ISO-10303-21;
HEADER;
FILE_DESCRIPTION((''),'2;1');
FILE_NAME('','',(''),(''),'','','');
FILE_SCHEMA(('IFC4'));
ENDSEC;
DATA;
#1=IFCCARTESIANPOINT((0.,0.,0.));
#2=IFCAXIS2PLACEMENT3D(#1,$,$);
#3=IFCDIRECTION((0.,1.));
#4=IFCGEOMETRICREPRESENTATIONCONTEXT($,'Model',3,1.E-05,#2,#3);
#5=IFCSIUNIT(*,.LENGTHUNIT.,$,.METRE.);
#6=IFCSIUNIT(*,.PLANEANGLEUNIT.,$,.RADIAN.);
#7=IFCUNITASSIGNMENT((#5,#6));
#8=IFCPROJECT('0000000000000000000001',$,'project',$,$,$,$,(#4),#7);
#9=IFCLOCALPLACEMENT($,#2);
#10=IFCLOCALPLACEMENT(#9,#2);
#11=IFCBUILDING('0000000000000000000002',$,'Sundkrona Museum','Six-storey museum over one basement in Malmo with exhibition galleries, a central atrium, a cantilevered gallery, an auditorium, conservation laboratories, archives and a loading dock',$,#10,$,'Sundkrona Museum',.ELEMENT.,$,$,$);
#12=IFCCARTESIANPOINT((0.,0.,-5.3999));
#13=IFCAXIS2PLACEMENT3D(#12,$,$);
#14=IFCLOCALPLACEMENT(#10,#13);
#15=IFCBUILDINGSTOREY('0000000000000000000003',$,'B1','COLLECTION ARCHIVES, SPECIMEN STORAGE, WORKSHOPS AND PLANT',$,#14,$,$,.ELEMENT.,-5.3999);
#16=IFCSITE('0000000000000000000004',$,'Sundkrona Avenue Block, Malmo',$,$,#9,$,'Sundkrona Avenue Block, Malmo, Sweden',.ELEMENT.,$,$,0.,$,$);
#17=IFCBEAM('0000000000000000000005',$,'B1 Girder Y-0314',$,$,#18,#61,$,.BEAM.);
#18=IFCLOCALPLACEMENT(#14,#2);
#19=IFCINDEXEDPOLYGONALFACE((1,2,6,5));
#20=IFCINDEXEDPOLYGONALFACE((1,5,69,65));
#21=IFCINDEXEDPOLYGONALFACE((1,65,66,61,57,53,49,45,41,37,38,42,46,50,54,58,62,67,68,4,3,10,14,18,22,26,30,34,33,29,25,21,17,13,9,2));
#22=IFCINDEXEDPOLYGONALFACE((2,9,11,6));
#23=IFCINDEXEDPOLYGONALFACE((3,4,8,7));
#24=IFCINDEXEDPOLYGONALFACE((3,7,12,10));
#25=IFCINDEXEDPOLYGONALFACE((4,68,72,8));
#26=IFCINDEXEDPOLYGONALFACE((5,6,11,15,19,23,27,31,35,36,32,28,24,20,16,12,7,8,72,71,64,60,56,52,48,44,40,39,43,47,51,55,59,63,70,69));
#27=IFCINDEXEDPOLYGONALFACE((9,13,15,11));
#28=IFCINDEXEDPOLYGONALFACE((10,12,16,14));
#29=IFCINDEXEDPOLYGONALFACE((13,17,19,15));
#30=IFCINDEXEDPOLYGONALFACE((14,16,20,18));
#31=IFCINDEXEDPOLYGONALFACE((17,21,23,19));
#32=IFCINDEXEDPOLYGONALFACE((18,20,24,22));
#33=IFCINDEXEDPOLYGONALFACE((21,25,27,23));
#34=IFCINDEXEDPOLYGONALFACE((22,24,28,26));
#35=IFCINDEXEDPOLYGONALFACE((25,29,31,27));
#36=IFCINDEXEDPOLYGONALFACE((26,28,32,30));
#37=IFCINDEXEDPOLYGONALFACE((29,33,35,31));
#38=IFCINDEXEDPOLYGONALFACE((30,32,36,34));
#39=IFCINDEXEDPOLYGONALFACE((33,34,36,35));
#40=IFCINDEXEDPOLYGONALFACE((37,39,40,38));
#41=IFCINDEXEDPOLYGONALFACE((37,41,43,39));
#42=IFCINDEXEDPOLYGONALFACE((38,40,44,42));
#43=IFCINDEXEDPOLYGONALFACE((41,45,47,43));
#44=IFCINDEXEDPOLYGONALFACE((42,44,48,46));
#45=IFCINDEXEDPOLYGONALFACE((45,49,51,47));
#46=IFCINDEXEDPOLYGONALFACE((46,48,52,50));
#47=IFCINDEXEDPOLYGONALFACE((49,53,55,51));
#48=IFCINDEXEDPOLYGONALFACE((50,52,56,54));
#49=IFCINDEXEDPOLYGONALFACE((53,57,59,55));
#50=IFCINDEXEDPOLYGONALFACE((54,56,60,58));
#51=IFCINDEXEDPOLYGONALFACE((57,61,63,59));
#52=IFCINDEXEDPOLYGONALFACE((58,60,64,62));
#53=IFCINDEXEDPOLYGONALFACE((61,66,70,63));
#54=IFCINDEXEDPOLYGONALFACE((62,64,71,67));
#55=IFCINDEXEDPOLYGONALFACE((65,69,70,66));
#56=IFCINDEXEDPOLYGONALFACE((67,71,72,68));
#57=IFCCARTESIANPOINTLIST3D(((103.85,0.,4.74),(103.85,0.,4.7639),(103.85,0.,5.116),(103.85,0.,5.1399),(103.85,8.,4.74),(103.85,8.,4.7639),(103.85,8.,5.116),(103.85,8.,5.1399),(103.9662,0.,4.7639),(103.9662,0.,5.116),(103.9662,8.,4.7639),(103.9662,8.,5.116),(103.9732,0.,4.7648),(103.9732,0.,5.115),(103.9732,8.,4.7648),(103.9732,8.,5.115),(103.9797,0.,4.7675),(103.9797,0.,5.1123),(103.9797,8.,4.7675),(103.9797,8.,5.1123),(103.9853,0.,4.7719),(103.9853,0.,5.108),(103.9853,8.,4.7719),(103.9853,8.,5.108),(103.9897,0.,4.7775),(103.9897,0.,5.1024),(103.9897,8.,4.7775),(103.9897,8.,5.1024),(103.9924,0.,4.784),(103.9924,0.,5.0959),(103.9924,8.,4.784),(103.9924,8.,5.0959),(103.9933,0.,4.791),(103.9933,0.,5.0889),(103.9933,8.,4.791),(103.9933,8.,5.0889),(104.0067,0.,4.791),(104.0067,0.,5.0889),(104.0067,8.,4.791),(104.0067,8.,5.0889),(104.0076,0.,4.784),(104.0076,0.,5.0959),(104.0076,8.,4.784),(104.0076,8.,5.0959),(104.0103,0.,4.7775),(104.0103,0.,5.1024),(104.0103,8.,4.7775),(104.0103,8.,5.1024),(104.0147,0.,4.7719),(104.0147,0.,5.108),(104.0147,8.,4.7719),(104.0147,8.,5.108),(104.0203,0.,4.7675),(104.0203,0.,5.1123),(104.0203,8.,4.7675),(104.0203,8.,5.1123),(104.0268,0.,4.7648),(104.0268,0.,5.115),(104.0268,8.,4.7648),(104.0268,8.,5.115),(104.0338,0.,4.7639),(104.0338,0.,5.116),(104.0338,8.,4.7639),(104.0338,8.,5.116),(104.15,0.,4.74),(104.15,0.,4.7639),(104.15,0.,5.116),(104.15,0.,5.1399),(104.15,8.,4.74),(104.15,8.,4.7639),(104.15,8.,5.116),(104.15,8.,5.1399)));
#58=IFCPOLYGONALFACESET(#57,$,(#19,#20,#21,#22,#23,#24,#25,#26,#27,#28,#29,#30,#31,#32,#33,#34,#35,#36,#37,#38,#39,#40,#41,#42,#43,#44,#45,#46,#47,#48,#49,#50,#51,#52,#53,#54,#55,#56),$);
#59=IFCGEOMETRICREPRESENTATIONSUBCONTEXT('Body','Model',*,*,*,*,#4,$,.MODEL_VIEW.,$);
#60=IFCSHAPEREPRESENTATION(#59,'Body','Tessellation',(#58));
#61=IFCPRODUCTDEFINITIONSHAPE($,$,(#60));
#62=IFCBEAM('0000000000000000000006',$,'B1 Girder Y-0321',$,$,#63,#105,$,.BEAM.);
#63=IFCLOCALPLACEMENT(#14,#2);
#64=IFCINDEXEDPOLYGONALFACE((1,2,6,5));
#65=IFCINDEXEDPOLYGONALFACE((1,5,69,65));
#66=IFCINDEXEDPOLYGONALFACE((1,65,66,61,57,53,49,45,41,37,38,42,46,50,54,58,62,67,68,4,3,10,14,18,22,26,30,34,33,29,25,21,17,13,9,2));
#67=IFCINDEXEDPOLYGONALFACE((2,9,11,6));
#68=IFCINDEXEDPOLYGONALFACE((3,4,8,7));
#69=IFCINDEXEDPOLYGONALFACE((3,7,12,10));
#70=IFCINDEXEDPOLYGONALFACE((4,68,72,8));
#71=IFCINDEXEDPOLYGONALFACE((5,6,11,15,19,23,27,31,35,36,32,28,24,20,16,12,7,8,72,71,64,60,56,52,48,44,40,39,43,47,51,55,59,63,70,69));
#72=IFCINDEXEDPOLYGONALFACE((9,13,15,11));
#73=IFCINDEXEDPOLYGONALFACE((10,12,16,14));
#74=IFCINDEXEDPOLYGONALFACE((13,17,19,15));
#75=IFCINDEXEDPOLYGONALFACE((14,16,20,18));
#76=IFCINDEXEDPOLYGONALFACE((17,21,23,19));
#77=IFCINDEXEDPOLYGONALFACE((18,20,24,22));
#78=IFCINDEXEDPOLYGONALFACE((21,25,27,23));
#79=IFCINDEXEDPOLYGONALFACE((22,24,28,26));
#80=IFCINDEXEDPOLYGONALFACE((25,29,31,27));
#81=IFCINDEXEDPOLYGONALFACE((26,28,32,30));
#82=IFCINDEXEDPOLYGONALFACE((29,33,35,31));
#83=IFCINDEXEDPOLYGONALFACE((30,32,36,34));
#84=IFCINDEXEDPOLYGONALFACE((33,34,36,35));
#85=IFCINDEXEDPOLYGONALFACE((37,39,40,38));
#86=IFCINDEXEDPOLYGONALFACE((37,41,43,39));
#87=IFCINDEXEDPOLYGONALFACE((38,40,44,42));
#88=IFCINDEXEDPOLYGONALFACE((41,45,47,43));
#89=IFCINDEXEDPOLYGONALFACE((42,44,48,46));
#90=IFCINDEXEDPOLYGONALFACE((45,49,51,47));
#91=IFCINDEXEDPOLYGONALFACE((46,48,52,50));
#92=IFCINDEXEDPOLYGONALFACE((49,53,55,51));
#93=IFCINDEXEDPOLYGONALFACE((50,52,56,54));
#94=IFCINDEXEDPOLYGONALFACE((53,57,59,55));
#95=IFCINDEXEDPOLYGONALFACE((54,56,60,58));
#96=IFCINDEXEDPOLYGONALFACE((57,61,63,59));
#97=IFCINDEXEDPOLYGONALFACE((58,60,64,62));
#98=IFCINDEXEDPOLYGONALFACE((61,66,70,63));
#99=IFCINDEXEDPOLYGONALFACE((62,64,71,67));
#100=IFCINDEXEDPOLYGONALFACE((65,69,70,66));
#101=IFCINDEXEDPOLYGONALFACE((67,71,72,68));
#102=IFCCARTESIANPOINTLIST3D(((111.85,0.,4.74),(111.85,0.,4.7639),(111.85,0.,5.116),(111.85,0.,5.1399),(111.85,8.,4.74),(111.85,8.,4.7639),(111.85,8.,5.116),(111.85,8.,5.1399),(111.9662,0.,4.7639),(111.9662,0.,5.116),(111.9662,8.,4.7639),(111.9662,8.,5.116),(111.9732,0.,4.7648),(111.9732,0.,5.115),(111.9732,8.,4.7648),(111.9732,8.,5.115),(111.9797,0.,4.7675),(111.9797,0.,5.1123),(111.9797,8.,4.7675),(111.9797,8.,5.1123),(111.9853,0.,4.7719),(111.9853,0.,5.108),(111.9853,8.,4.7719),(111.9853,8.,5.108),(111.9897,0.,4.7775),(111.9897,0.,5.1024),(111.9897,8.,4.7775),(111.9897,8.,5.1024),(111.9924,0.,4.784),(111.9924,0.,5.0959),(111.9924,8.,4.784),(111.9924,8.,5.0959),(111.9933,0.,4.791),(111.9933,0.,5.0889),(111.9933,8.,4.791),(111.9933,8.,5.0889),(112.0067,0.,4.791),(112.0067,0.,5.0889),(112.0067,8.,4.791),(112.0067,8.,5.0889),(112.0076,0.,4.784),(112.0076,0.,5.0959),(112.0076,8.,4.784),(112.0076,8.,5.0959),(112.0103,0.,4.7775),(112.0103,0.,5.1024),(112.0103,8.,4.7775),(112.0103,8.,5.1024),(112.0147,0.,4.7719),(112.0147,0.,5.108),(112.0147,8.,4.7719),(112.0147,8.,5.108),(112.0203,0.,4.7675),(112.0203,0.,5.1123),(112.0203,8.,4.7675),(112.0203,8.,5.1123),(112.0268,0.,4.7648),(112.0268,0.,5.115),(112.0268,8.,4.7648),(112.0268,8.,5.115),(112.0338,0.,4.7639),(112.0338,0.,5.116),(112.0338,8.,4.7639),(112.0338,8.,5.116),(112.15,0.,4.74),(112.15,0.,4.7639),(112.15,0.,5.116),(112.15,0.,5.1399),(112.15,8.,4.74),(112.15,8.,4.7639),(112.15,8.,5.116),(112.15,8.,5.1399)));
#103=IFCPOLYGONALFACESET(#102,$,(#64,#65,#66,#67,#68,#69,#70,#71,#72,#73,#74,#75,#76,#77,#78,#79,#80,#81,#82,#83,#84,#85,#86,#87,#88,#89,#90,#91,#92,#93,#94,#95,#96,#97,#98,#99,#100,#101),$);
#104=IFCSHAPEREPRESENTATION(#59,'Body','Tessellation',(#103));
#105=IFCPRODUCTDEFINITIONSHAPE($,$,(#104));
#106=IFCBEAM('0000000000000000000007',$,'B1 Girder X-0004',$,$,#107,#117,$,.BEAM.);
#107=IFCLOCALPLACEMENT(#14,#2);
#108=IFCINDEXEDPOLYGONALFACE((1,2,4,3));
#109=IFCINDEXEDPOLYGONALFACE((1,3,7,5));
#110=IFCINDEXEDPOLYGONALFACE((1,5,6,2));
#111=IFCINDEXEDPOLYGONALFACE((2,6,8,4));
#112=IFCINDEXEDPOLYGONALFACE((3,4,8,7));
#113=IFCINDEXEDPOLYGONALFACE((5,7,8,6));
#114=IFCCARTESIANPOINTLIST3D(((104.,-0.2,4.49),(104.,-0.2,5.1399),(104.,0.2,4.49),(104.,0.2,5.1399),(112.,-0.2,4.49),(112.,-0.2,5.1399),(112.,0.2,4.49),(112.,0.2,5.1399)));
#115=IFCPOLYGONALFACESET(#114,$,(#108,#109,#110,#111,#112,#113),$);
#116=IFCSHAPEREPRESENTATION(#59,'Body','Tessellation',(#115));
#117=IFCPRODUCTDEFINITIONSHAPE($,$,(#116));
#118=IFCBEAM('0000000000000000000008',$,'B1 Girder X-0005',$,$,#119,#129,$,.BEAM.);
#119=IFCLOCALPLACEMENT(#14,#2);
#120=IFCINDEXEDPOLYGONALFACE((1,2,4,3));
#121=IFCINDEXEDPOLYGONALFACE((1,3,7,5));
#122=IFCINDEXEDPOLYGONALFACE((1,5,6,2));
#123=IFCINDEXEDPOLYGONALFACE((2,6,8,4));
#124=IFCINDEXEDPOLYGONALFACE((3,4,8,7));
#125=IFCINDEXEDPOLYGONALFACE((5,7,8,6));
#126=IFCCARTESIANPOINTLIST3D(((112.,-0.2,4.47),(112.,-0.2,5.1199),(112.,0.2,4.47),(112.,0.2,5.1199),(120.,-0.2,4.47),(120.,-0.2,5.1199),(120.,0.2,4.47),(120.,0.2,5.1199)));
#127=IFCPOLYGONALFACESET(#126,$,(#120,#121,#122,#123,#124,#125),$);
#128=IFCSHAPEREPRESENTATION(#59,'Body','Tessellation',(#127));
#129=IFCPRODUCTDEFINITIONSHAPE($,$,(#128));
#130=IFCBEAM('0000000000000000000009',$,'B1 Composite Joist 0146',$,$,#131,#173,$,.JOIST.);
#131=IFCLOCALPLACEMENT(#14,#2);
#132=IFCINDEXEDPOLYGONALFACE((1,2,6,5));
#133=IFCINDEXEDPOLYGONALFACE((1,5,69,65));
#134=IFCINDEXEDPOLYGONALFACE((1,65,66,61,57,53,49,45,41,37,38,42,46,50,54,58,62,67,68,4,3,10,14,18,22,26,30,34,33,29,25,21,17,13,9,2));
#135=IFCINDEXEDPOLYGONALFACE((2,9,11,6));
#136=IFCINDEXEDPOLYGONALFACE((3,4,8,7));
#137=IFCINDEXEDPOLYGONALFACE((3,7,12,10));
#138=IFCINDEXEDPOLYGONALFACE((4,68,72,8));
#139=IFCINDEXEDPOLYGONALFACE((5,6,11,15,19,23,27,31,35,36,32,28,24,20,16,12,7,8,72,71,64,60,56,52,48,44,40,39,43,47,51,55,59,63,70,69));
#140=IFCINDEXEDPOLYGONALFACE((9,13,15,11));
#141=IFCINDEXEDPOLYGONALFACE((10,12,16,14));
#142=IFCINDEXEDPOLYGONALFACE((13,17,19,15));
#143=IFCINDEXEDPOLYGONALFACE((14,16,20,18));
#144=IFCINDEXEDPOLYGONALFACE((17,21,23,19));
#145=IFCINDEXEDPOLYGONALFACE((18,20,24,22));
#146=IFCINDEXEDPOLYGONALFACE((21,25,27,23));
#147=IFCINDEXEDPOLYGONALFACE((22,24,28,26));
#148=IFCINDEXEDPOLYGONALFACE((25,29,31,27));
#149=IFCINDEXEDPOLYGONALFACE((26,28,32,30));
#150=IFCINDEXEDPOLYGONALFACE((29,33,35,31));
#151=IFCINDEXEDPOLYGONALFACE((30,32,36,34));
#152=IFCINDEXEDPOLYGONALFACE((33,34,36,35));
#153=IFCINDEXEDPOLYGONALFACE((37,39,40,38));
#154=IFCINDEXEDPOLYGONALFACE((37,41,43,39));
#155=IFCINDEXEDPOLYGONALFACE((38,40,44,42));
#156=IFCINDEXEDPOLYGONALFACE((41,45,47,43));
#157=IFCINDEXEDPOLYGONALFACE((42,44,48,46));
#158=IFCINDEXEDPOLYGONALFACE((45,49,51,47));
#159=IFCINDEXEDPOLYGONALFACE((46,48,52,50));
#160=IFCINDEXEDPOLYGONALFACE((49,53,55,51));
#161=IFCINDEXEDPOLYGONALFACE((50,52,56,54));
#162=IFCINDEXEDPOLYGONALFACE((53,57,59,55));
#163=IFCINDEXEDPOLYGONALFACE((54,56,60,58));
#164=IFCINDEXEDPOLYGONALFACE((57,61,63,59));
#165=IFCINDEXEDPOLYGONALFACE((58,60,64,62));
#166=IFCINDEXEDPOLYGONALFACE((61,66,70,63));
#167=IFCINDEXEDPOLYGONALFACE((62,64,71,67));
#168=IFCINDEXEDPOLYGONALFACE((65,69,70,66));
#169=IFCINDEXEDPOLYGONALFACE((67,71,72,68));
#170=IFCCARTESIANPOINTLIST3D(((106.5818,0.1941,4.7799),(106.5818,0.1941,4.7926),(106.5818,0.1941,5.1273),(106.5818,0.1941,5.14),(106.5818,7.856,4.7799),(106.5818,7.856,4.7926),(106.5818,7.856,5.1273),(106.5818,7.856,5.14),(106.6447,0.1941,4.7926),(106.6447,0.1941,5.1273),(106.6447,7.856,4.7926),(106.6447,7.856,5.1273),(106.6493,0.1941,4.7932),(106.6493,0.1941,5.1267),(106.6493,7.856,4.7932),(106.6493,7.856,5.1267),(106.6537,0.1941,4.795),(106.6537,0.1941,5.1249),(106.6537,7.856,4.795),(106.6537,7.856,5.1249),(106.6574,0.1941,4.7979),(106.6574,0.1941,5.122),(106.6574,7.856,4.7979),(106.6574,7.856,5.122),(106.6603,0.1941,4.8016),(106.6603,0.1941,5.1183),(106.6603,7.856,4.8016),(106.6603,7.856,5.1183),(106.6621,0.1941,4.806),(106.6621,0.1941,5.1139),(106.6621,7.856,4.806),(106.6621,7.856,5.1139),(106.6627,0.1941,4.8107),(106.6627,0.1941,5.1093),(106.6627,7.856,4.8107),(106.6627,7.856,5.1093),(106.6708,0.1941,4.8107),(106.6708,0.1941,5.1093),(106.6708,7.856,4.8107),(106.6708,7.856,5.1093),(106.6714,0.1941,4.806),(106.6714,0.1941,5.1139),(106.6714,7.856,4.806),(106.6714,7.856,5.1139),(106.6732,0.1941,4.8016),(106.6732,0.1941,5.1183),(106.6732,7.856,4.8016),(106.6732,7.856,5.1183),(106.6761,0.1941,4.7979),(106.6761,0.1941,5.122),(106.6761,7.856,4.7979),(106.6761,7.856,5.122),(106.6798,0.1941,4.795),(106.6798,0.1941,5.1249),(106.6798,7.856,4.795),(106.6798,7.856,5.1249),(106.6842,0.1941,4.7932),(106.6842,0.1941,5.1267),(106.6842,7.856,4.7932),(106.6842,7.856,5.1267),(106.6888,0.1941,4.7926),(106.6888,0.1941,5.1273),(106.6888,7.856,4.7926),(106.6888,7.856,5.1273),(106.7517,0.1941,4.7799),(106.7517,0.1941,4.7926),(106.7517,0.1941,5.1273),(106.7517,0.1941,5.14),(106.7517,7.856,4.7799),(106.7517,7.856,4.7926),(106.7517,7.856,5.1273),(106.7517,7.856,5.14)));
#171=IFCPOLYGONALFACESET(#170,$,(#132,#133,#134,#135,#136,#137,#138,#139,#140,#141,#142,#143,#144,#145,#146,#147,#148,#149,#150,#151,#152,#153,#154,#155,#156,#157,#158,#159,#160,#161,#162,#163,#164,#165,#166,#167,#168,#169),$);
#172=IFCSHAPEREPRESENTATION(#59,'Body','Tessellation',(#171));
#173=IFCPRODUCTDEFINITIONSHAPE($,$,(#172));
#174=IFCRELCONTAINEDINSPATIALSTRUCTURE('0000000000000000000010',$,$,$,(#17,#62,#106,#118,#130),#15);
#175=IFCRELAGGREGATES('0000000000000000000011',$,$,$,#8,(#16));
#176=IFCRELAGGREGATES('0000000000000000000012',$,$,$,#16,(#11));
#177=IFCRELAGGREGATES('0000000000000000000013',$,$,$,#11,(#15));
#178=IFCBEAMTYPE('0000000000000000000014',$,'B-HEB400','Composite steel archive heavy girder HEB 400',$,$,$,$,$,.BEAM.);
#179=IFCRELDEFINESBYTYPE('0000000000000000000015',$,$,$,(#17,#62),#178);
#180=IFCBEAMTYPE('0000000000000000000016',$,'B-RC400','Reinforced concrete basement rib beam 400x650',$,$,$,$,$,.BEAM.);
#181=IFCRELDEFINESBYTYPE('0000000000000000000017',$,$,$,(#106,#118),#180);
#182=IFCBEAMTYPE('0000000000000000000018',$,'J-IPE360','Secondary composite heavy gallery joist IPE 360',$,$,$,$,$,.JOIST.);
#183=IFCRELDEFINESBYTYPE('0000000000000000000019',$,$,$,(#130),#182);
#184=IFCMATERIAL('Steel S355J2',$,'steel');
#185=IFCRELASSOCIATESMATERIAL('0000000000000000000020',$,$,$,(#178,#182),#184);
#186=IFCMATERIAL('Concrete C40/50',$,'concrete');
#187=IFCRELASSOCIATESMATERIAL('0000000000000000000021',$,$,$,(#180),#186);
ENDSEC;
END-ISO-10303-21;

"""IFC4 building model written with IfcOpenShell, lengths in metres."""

from ifc_helpers import new_model, si_unit, direction, frame, origin, origin_2d, place, context, subcontext, project, spatial, rectangle, i_section, extrude, material, material_profile, profile_set, type_object, element, save


model = new_model("IFC4")

# Units and contexts
model_context = context("Model", 3, precision=1e-05, world=origin(), true_north=direction((0.0, 1.0)))
body_context = subcontext(model_context, "Body", "Model", "MODEL_VIEW")
ifc_project = project(units=[si_unit("LENGTHUNIT", "METRE"), si_unit("PLANEANGLEUNIT", "RADIAN")], contexts=[model_context])

# Site, building, storey
site_placement = place(None, origin())
site = spatial("IfcSite", under=ifc_project, at=site_placement, Name="Sundkrona Avenue Block, Malmo", LongName="Sundkrona Avenue Block, Malmo, Sweden", CompositionType="ELEMENT", RefElevation=0.0)
building_placement = place(site_placement, origin())
building = spatial("IfcBuilding", under=site, at=building_placement, Name="Sundkrona Museum", Description="Six-storey museum over one basement in Malmo with exhibition galleries, a central atrium, a cantilevered gallery, an auditorium, conservation laboratories, archives and a loading dock", LongName="Sundkrona Museum", CompositionType="ELEMENT")
storey_placement = place(building_placement, frame((0.0, 0.0, -5.3999)))
storey = spatial("IfcBuildingStorey", under=building, at=storey_placement, Name="B1", Description="COLLECTION ARCHIVES, SPECIMEN STORAGE, WORKSHOPS AND PLANT", CompositionType="ELEMENT", Elevation=-5.3999)

# Shared definitions
ifc_material_1 = material(Name="Concrete C40/50", Category="concrete")

# Beams
ifc_material_2 = material(Name="Steel S355J2", Category="steel")
ifc_material_profile_1 = material_profile(ifc_material_2, i_section(OverallWidth=0.3, OverallDepth=0.3999, WebThickness=0.0134, FlangeThickness=0.0239, FilletRadius=0.0271, at=origin_2d()), Name="HEB 400")
ifc_profile_set_1 = profile_set([ifc_material_profile_1], Name="Steel S355J2")
beam_type_1 = type_object("IfcBeamType", Name="B-HEB400", Description="Composite steel archive heavy girder HEB 400", PredefinedType="BEAM", material=ifc_profile_set_1)
for number, where, z_axis, x_axis, name in (
    (1, (104.0, 0.0, 4.9399), (0.0, 1.0, 0.0), (-1.0, 0.0, 0.0), "B1 Girder Y-0314"),
    (2, (112.0, 0.0, 4.9399), (0.0, 1.0, 0.0), (-1.0, 0.0, 0.0), "B1 Girder Y-0321"),
):
    element("IfcBeam", number, at=place(storey_placement, frame(where, z_axis=z_axis, x_axis=x_axis)), inside=storey, type_object=beam_type_1, Name=name, PredefinedType="BEAM", context=body_context, shape_type="SweptSolid", body=[
        extrude(i_section(OverallWidth=0.3, OverallDepth=0.3999, WebThickness=0.0134, FlangeThickness=0.0239, FilletRadius=0.0271, at=origin_2d()), origin(), (0.0, 0.0, 1.0), 8.0),
    ])
ifc_material_profile_2 = material_profile(ifc_material_1, rectangle(XDim=0.3999, YDim=0.6499, at=origin_2d()), Name="RCB 400x650")
ifc_profile_set_2 = profile_set([ifc_material_profile_2], Name="Concrete C40/50")
beam_type_2 = type_object("IfcBeamType", Name="B-RC400", Description="Reinforced concrete basement rib beam 400x650", PredefinedType="BEAM", material=ifc_profile_set_2)
for number, where, z_axis, x_axis, name in (
    (3, (104.0, 0.0, 4.8149), (1.0, 0.0, 0.0), (0.0, 1.0, 0.0), "B1 Girder X-0004"),
    (4, (112.0, 0.0, 4.7949), (1.0, 0.0, 0.0), (0.0, 1.0, 0.0), "B1 Girder X-0005"),
):
    element("IfcBeam", number, at=place(storey_placement, frame(where, z_axis=z_axis, x_axis=x_axis)), inside=storey, type_object=beam_type_2, Name=name, PredefinedType="BEAM", context=body_context, shape_type="SweptSolid", body=[
        extrude(rectangle(XDim=0.3999, YDim=0.6499, at=origin_2d()), origin(), (0.0, 0.0, 1.0), 8.0),
    ])
ifc_material_profile_3 = material_profile(ifc_material_2, i_section(OverallWidth=0.1699, OverallDepth=0.3601, WebThickness=0.0081, FlangeThickness=0.0127, FilletRadius=0.0181, at=origin_2d()), Name="IPE 360")
ifc_profile_set_3 = profile_set([ifc_material_profile_3], Name="Steel S355J2")
beam_type_3 = type_object("IfcBeamType", Name="J-IPE360", Description="Secondary composite heavy gallery joist IPE 360", PredefinedType="JOIST", material=ifc_profile_set_3)
for number, where, z_axis, x_axis, name in (
    (5, (106.6667, 0.1941, 4.96), (0.0, 1.0, 0.0), (-1.0, 0.0, 0.0), "B1 Composite Joist 0146"),
):
    element("IfcBeam", number, at=place(storey_placement, frame(where, z_axis=z_axis, x_axis=x_axis)), inside=storey, type_object=beam_type_3, Name=name, PredefinedType="JOIST", context=body_context, shape_type="SweptSolid", body=[
        extrude(i_section(OverallWidth=0.1699, OverallDepth=0.3601, WebThickness=0.0081, FlangeThickness=0.0127, FilletRadius=0.0181, at=origin_2d()), origin(), (0.0, 0.0, 1.0), 7.6619),
    ])

save(model, "model.ifc")
